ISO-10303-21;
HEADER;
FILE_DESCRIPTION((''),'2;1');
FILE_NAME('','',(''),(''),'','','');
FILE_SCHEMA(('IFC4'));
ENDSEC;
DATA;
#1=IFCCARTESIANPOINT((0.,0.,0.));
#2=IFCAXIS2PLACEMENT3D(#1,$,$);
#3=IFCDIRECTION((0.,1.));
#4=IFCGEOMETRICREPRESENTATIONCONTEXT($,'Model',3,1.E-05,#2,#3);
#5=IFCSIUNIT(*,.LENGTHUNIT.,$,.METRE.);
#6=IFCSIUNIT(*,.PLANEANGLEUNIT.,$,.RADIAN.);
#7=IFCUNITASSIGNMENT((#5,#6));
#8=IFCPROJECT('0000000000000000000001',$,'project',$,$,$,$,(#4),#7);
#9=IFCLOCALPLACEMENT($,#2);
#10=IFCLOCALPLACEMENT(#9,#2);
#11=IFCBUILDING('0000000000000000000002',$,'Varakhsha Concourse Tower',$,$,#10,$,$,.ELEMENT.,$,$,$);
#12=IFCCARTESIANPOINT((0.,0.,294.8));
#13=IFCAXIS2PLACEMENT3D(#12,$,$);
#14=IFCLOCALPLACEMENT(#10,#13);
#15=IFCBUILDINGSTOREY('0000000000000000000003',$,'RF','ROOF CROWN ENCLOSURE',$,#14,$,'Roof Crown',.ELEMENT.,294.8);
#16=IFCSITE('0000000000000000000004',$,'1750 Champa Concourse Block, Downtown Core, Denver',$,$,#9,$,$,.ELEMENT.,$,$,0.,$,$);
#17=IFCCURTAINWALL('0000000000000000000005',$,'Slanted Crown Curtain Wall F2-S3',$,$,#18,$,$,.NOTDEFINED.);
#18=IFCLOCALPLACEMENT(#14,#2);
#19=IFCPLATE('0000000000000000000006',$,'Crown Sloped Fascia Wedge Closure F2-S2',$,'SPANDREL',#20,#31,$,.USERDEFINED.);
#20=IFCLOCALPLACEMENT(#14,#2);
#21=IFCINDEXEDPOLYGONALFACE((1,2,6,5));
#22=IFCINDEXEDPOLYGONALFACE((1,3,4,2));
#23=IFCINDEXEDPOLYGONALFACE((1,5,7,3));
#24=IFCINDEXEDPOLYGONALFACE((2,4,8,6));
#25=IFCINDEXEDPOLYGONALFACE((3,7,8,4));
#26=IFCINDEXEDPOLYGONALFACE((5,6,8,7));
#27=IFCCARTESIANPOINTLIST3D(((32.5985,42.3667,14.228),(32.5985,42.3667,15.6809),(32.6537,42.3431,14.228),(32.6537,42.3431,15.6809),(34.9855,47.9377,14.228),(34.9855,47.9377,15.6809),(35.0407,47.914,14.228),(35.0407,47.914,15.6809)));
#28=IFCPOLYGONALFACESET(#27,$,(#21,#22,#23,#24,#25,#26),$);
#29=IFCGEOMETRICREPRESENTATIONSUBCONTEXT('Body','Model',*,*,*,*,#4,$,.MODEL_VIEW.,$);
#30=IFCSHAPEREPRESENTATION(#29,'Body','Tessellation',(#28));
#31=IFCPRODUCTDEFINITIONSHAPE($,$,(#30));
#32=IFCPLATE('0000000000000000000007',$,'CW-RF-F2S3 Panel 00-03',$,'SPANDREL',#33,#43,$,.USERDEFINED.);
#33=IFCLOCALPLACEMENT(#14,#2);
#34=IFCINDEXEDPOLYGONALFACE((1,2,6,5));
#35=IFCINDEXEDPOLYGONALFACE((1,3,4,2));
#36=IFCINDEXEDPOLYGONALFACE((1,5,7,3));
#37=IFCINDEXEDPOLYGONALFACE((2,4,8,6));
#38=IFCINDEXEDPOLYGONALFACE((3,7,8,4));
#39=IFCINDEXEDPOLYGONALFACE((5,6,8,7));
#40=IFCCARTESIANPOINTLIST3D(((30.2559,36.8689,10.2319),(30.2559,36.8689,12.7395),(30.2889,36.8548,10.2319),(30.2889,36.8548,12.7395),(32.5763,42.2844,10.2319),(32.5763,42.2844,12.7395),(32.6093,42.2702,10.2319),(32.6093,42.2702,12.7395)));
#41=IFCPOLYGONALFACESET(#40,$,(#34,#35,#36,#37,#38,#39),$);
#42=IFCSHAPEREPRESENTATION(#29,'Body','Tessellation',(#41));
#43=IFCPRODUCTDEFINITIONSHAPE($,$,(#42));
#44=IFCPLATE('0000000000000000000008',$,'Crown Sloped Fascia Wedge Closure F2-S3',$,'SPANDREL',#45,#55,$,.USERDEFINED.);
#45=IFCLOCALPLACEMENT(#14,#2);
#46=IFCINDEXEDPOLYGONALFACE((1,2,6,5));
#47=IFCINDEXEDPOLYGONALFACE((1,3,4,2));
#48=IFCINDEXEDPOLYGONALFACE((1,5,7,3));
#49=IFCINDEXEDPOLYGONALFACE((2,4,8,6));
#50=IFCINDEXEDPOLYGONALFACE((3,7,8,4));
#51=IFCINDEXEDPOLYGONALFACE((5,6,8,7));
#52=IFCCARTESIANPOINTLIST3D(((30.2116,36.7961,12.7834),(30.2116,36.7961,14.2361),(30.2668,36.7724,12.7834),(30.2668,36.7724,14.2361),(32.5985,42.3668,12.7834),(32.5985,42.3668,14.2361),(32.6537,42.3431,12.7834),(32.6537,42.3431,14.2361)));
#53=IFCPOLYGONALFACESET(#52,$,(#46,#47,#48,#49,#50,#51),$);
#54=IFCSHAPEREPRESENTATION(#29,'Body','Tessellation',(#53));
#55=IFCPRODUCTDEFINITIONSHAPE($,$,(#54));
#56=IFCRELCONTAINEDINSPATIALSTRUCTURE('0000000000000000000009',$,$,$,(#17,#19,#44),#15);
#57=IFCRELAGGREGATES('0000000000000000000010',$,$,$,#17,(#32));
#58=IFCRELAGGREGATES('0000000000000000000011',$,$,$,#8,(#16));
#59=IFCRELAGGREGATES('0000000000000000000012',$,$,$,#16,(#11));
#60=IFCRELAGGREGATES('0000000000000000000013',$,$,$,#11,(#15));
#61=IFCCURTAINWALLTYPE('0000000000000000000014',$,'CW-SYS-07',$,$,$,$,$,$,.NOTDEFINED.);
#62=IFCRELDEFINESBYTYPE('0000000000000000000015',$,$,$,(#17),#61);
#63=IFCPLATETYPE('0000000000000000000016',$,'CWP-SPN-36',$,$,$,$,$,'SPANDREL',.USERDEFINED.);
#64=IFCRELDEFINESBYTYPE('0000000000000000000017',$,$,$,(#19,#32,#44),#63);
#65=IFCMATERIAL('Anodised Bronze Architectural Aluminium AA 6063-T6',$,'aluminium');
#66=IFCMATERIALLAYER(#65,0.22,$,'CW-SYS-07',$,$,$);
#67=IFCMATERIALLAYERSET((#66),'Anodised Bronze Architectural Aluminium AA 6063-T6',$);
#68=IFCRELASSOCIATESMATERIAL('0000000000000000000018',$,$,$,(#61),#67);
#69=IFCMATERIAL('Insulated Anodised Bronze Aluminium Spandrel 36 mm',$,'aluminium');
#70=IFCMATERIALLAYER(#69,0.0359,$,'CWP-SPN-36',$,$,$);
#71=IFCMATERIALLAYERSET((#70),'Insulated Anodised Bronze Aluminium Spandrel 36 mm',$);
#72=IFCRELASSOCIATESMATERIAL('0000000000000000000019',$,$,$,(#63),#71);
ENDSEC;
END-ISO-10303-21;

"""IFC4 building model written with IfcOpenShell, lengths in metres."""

from ifc_helpers import new_model, si_unit, direction, frame, origin, origin_2d, place, context, subcontext, project, spatial, rectangle, extrude, source, transform, mapped, material, layer, layer_set, type_object, element, aggregate, save


model = new_model("IFC4")

# Units and contexts
model_context = context("Model", 3, precision=1e-05, world=origin(), true_north=direction((0.0, 1.0)))
body_context = subcontext(model_context, "Body", "Model", "MODEL_VIEW")
ifc_project = project(units=[si_unit("LENGTHUNIT", "METRE"), si_unit("PLANEANGLEUNIT", "RADIAN")], contexts=[model_context])

# Site, building, storey
site_placement = place(None, origin())
site = spatial("IfcSite", under=ifc_project, at=site_placement, Name="1750 Champa Concourse Block, Downtown Core, Denver", CompositionType="ELEMENT", RefElevation=0.0)
building_placement = place(site_placement, origin())
building = spatial("IfcBuilding", under=site, at=building_placement, Name="Varakhsha Concourse Tower", CompositionType="ELEMENT")
storey_placement = place(building_placement, frame((0.0, 0.0, 294.8)))
storey = spatial("IfcBuildingStorey", under=building, at=storey_placement, Name="RF", Description="ROOF CROWN ENCLOSURE", LongName="Roof Crown", CompositionType="ELEMENT", Elevation=294.8)

# Shared definitions
ifc_material_1 = material(Name="Anodised Bronze Architectural Aluminium AA 6063-T6", Category="aluminium")
ifc_layer_1 = layer(ifc_material_1, 0.22, Name="CW-SYS-07")
ifc_layer_set_1 = layer_set([ifc_layer_1], Name="Anodised Bronze Architectural Aluminium AA 6063-T6")
curtain_wall_type = type_object("IfcCurtainWallType", Name="CW-SYS-07", PredefinedType="NOTDEFINED", material=ifc_layer_set_1)

# Curtain wall
curtain_wall_1_placement = place(storey_placement, origin())
curtain_wall_1 = element("IfcCurtainWall", 1, at=curtain_wall_1_placement, inside=storey, type_object=curtain_wall_type, Name="Slanted Crown Curtain Wall F2-S3", PredefinedType="NOTDEFINED")

# Plates
ifc_material_2 = material(Name="Insulated Anodised Bronze Aluminium Spandrel 36 mm", Category="aluminium")
ifc_layer_2 = layer(ifc_material_2, 0.0359, Name="CWP-SPN-36")
ifc_layer_set_2 = layer_set([ifc_layer_2], Name="Insulated Anodised Bronze Aluminium Spandrel 36 mm")
plate_type_1 = type_object("IfcPlateType", Name="CWP-SPN-36", ElementType="SPANDREL", PredefinedType="USERDEFINED", material=ifc_layer_set_2)
shared_shape_1 = source(origin(), body_context, "Body", "SweptSolid", [
    extrude(rectangle(XDim=6.0608, YDim=0.0601, at=origin_2d()), origin(), (0.0, 0.0, 1.0), 1.4529),
])
plate_1_placement = place(storey_placement, frame((33.8196, 45.1404, 14.228), z_axis=(0.0, 0.0, 1.0), x_axis=(0.393846, 0.919177, 0.0)))
element("IfcPlate", 2, at=plate_1_placement, inside=storey, type_object=plate_type_1, Name="Crown Sloped Fascia Wedge Closure F2-S2", ObjectType="SPANDREL", PredefinedType="USERDEFINED", context=body_context, shape_type="MappedRepresentation", body=[
    mapped(shared_shape_1, transform((0.0, 0.0, 0.0), scale=1.0)),
])
shared_shape_2 = source(origin(), body_context, "Body", "SweptSolid", [
    extrude(rectangle(XDim=5.8916, YDim=0.0359, at=origin_2d()), origin(), (0.0, 0.0, 1.0), 2.5076),
])
plate_2_placement = place(storey_placement, frame((31.4326, 39.5696, 10.2319), z_axis=(0.0, 0.0, 1.0), x_axis=(0.393841, 0.919179, 0.0)))
plate_2 = element("IfcPlate", 3, at=plate_2_placement, type_object=plate_type_1, Name="CW-RF-F2S3 Panel 00-03", ObjectType="SPANDREL", PredefinedType="USERDEFINED", context=body_context, shape_type="MappedRepresentation", body=[
    mapped(shared_shape_2, transform((0.0, 0.0, 0.0), scale=1.0)),
])
aggregate(curtain_wall_1, [plate_2])
shared_shape_3 = source(origin(), body_context, "Body", "SweptSolid", [
    extrude(rectangle(XDim=6.0605, YDim=0.0601, at=origin_2d()), origin(), (0.0, 0.0, 1.0), 1.4526),
])
plate_3_placement = place(storey_placement, frame((31.4326, 39.5696, 12.7834), z_axis=(0.0, 0.0, 1.0), x_axis=(0.393846, 0.919177, 0.0)))
element("IfcPlate", 4, at=plate_3_placement, inside=storey, type_object=plate_type_1, Name="Crown Sloped Fascia Wedge Closure F2-S3", ObjectType="SPANDREL", PredefinedType="USERDEFINED", context=body_context, shape_type="MappedRepresentation", body=[
    mapped(shared_shape_3, transform((0.0, 0.0, 0.0), scale=1.0)),
])

save(model, "model.ifc")
